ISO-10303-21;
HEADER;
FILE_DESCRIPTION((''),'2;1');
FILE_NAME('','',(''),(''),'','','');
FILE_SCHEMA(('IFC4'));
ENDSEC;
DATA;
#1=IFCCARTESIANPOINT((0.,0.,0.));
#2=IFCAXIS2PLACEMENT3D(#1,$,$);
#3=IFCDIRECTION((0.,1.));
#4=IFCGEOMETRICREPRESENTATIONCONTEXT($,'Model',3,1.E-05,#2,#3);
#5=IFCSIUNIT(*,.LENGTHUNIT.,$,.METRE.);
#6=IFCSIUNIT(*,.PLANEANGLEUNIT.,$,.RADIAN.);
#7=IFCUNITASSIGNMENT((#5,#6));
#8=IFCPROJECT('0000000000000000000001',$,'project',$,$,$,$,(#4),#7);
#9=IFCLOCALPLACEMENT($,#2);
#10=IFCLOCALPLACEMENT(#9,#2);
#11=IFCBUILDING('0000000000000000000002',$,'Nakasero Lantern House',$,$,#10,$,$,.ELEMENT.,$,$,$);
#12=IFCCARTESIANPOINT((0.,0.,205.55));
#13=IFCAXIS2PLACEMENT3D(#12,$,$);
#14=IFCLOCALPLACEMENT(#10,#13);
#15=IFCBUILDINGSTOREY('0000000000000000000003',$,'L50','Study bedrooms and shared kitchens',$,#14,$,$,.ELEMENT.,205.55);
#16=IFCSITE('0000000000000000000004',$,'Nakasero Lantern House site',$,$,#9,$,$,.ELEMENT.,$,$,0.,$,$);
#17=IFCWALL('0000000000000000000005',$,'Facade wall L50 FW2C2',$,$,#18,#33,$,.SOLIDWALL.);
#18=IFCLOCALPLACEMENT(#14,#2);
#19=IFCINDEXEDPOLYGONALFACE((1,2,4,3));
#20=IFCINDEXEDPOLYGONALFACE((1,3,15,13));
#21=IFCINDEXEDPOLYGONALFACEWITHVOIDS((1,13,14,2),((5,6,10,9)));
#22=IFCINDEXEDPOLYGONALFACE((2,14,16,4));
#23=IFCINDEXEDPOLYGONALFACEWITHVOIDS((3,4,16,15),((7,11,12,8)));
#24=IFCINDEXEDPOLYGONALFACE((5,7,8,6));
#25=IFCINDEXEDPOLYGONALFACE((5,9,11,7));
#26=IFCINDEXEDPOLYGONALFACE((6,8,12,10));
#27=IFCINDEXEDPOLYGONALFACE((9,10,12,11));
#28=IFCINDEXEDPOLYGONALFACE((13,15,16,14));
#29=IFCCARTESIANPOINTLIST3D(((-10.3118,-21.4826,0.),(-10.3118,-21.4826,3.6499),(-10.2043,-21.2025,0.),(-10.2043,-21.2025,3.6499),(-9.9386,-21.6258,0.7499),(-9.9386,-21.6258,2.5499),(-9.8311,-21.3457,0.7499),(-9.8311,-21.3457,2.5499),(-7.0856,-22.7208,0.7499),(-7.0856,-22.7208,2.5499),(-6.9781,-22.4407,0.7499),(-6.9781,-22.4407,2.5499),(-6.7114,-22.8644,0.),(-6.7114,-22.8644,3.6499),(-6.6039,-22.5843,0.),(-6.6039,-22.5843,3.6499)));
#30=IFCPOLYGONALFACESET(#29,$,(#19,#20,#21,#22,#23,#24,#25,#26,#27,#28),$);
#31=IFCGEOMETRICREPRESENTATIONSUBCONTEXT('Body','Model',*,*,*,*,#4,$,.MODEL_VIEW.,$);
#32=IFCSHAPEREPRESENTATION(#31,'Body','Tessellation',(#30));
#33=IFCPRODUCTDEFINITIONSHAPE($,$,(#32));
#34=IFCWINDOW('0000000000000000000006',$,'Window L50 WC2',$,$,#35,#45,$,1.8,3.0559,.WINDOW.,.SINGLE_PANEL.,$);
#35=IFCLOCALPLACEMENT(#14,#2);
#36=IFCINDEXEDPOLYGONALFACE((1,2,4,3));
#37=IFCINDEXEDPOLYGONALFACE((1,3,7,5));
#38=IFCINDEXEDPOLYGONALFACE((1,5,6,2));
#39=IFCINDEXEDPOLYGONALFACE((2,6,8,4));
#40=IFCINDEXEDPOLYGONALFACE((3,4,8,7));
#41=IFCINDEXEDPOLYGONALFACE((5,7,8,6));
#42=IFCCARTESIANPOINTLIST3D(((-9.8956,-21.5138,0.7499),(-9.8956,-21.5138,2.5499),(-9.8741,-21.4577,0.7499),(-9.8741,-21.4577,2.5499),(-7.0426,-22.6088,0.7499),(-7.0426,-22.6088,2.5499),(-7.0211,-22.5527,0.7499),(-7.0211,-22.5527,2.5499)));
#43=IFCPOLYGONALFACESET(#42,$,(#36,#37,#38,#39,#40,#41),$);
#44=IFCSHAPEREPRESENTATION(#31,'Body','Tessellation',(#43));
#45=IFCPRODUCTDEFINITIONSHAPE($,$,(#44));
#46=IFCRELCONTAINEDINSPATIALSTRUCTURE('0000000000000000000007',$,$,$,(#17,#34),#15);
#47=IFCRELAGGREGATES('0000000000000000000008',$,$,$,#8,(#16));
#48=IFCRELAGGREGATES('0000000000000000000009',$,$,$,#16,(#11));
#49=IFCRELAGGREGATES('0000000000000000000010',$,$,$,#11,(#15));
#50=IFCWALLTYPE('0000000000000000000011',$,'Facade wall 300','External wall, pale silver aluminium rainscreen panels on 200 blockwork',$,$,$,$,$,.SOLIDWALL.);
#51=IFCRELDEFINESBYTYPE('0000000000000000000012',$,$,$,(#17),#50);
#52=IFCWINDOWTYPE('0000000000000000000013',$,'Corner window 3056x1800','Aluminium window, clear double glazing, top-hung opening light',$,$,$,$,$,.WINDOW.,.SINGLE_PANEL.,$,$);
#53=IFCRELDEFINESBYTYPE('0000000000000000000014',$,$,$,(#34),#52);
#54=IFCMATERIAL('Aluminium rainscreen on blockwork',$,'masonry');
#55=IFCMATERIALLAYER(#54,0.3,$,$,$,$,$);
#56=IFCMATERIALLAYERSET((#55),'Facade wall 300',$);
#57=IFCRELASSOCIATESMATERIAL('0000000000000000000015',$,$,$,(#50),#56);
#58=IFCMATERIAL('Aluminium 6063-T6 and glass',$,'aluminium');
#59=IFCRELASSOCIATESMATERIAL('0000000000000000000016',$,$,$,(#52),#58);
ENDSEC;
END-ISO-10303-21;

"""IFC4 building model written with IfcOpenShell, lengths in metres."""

from ifc_helpers import new_model, si_unit, direction, frame, frame_2d, origin, place, context, subcontext, project, spatial, rectangle, extrude, material, layer, layer_set, type_object, element, fill, save


model = new_model("IFC4")

# Units and contexts
model_context = context("Model", 3, precision=1e-05, world=origin(), true_north=direction((0.0, 1.0)))
body_context = subcontext(model_context, "Body", "Model", "MODEL_VIEW")
ifc_project = project(units=[si_unit("LENGTHUNIT", "METRE"), si_unit("PLANEANGLEUNIT", "RADIAN")], contexts=[model_context])

# Site, building, storey
site_placement = place(None, origin())
site = spatial("IfcSite", under=ifc_project, at=site_placement, Name="Nakasero Lantern House site", CompositionType="ELEMENT", RefElevation=0.0)
building_placement = place(site_placement, origin())
building = spatial("IfcBuilding", under=site, at=building_placement, Name="Nakasero Lantern House", CompositionType="ELEMENT")
storey_placement = place(building_placement, frame((0.0, 0.0, 205.55)))
storey = spatial("IfcBuildingStorey", under=building, at=storey_placement, Name="L50", Description="Study bedrooms and shared kitchens", CompositionType="ELEMENT", Elevation=205.55)

# Shared definitions
ifc_material_1 = material(Name="Aluminium rainscreen on blockwork", Category="masonry")
ifc_layer_1 = layer(ifc_material_1, 0.3)
ifc_layer_set_1 = layer_set([ifc_layer_1], Name="Facade wall 300")
wall_type_1 = type_object("IfcWallType", Name="Facade wall 300", Description="External wall, pale silver aluminium rainscreen panels on 200 blockwork", PredefinedType="SOLIDWALL", material=ifc_layer_set_1)

# Wall, opening, window
wall_1_placement = place(storey_placement, frame((-10.2581, -21.3425, 0.0), z_axis=(0.0, 0.0, 1.0), x_axis=(0.933598, -0.358321, 0.0)))
wall_1 = element("IfcWall", 1, at=wall_1_placement, inside=storey, type_object=wall_type_1, Name="Facade wall L50 FW2C2", PredefinedType="SOLIDWALL", context=body_context, shape_type="SweptSolid", body=[
    extrude(rectangle(XDim=3.8564, YDim=0.3, at=frame_2d((1.9282, 0.0))), origin(), (0.0, 0.0, 1.0), 3.6499),
])
opening_1_placement = place(wall_1_placement, frame((0.3999, 0.0, 0.75)))
opening_1 = element("IfcOpeningElement", 2, at=opening_1_placement, cuts=wall_1, PredefinedType="OPENING", context=body_context, shape_type="SweptSolid", body=[
    extrude(rectangle(XDim=3.0559, YDim=1.8, at=frame_2d((1.5278, 0.8999))), frame((0.0, 0.1699, 0.0), z_axis=(0.0, -1.0, 0.0), x_axis=(1.0, 0.0, 0.0)), (0.0, 0.0, 1.0), 0.3401),
])
ifc_material_2 = material(Name="Aluminium 6063-T6 and glass", Category="aluminium")
window_type = type_object("IfcWindowType", Name="Corner window 3056x1800", Description="Aluminium window, clear double glazing, top-hung opening light", PartitioningType="SINGLE_PANEL", PredefinedType="WINDOW", material=ifc_material_2)
window_placement = place(opening_1_placement, origin())
window = element("IfcWindow", 3, at=window_placement, inside=storey, type_object=window_type, Name="Window L50 WC2", OverallHeight=1.8, OverallWidth=3.0559, PartitioningType="SINGLE_PANEL", PredefinedType="WINDOW", context=body_context, shape_type="SweptSolid", body=[
    extrude(rectangle(XDim=3.0559, YDim=1.8, at=frame_2d((1.5278, 0.8999))), frame((0.0, 0.03, 0.0), z_axis=(0.0, -1.0, 0.0), x_axis=(1.0, 0.0, 0.0)), (0.0, 0.0, 1.0), 0.0601),
])
fill(opening_1, window)

save(model, "model.ifc")
